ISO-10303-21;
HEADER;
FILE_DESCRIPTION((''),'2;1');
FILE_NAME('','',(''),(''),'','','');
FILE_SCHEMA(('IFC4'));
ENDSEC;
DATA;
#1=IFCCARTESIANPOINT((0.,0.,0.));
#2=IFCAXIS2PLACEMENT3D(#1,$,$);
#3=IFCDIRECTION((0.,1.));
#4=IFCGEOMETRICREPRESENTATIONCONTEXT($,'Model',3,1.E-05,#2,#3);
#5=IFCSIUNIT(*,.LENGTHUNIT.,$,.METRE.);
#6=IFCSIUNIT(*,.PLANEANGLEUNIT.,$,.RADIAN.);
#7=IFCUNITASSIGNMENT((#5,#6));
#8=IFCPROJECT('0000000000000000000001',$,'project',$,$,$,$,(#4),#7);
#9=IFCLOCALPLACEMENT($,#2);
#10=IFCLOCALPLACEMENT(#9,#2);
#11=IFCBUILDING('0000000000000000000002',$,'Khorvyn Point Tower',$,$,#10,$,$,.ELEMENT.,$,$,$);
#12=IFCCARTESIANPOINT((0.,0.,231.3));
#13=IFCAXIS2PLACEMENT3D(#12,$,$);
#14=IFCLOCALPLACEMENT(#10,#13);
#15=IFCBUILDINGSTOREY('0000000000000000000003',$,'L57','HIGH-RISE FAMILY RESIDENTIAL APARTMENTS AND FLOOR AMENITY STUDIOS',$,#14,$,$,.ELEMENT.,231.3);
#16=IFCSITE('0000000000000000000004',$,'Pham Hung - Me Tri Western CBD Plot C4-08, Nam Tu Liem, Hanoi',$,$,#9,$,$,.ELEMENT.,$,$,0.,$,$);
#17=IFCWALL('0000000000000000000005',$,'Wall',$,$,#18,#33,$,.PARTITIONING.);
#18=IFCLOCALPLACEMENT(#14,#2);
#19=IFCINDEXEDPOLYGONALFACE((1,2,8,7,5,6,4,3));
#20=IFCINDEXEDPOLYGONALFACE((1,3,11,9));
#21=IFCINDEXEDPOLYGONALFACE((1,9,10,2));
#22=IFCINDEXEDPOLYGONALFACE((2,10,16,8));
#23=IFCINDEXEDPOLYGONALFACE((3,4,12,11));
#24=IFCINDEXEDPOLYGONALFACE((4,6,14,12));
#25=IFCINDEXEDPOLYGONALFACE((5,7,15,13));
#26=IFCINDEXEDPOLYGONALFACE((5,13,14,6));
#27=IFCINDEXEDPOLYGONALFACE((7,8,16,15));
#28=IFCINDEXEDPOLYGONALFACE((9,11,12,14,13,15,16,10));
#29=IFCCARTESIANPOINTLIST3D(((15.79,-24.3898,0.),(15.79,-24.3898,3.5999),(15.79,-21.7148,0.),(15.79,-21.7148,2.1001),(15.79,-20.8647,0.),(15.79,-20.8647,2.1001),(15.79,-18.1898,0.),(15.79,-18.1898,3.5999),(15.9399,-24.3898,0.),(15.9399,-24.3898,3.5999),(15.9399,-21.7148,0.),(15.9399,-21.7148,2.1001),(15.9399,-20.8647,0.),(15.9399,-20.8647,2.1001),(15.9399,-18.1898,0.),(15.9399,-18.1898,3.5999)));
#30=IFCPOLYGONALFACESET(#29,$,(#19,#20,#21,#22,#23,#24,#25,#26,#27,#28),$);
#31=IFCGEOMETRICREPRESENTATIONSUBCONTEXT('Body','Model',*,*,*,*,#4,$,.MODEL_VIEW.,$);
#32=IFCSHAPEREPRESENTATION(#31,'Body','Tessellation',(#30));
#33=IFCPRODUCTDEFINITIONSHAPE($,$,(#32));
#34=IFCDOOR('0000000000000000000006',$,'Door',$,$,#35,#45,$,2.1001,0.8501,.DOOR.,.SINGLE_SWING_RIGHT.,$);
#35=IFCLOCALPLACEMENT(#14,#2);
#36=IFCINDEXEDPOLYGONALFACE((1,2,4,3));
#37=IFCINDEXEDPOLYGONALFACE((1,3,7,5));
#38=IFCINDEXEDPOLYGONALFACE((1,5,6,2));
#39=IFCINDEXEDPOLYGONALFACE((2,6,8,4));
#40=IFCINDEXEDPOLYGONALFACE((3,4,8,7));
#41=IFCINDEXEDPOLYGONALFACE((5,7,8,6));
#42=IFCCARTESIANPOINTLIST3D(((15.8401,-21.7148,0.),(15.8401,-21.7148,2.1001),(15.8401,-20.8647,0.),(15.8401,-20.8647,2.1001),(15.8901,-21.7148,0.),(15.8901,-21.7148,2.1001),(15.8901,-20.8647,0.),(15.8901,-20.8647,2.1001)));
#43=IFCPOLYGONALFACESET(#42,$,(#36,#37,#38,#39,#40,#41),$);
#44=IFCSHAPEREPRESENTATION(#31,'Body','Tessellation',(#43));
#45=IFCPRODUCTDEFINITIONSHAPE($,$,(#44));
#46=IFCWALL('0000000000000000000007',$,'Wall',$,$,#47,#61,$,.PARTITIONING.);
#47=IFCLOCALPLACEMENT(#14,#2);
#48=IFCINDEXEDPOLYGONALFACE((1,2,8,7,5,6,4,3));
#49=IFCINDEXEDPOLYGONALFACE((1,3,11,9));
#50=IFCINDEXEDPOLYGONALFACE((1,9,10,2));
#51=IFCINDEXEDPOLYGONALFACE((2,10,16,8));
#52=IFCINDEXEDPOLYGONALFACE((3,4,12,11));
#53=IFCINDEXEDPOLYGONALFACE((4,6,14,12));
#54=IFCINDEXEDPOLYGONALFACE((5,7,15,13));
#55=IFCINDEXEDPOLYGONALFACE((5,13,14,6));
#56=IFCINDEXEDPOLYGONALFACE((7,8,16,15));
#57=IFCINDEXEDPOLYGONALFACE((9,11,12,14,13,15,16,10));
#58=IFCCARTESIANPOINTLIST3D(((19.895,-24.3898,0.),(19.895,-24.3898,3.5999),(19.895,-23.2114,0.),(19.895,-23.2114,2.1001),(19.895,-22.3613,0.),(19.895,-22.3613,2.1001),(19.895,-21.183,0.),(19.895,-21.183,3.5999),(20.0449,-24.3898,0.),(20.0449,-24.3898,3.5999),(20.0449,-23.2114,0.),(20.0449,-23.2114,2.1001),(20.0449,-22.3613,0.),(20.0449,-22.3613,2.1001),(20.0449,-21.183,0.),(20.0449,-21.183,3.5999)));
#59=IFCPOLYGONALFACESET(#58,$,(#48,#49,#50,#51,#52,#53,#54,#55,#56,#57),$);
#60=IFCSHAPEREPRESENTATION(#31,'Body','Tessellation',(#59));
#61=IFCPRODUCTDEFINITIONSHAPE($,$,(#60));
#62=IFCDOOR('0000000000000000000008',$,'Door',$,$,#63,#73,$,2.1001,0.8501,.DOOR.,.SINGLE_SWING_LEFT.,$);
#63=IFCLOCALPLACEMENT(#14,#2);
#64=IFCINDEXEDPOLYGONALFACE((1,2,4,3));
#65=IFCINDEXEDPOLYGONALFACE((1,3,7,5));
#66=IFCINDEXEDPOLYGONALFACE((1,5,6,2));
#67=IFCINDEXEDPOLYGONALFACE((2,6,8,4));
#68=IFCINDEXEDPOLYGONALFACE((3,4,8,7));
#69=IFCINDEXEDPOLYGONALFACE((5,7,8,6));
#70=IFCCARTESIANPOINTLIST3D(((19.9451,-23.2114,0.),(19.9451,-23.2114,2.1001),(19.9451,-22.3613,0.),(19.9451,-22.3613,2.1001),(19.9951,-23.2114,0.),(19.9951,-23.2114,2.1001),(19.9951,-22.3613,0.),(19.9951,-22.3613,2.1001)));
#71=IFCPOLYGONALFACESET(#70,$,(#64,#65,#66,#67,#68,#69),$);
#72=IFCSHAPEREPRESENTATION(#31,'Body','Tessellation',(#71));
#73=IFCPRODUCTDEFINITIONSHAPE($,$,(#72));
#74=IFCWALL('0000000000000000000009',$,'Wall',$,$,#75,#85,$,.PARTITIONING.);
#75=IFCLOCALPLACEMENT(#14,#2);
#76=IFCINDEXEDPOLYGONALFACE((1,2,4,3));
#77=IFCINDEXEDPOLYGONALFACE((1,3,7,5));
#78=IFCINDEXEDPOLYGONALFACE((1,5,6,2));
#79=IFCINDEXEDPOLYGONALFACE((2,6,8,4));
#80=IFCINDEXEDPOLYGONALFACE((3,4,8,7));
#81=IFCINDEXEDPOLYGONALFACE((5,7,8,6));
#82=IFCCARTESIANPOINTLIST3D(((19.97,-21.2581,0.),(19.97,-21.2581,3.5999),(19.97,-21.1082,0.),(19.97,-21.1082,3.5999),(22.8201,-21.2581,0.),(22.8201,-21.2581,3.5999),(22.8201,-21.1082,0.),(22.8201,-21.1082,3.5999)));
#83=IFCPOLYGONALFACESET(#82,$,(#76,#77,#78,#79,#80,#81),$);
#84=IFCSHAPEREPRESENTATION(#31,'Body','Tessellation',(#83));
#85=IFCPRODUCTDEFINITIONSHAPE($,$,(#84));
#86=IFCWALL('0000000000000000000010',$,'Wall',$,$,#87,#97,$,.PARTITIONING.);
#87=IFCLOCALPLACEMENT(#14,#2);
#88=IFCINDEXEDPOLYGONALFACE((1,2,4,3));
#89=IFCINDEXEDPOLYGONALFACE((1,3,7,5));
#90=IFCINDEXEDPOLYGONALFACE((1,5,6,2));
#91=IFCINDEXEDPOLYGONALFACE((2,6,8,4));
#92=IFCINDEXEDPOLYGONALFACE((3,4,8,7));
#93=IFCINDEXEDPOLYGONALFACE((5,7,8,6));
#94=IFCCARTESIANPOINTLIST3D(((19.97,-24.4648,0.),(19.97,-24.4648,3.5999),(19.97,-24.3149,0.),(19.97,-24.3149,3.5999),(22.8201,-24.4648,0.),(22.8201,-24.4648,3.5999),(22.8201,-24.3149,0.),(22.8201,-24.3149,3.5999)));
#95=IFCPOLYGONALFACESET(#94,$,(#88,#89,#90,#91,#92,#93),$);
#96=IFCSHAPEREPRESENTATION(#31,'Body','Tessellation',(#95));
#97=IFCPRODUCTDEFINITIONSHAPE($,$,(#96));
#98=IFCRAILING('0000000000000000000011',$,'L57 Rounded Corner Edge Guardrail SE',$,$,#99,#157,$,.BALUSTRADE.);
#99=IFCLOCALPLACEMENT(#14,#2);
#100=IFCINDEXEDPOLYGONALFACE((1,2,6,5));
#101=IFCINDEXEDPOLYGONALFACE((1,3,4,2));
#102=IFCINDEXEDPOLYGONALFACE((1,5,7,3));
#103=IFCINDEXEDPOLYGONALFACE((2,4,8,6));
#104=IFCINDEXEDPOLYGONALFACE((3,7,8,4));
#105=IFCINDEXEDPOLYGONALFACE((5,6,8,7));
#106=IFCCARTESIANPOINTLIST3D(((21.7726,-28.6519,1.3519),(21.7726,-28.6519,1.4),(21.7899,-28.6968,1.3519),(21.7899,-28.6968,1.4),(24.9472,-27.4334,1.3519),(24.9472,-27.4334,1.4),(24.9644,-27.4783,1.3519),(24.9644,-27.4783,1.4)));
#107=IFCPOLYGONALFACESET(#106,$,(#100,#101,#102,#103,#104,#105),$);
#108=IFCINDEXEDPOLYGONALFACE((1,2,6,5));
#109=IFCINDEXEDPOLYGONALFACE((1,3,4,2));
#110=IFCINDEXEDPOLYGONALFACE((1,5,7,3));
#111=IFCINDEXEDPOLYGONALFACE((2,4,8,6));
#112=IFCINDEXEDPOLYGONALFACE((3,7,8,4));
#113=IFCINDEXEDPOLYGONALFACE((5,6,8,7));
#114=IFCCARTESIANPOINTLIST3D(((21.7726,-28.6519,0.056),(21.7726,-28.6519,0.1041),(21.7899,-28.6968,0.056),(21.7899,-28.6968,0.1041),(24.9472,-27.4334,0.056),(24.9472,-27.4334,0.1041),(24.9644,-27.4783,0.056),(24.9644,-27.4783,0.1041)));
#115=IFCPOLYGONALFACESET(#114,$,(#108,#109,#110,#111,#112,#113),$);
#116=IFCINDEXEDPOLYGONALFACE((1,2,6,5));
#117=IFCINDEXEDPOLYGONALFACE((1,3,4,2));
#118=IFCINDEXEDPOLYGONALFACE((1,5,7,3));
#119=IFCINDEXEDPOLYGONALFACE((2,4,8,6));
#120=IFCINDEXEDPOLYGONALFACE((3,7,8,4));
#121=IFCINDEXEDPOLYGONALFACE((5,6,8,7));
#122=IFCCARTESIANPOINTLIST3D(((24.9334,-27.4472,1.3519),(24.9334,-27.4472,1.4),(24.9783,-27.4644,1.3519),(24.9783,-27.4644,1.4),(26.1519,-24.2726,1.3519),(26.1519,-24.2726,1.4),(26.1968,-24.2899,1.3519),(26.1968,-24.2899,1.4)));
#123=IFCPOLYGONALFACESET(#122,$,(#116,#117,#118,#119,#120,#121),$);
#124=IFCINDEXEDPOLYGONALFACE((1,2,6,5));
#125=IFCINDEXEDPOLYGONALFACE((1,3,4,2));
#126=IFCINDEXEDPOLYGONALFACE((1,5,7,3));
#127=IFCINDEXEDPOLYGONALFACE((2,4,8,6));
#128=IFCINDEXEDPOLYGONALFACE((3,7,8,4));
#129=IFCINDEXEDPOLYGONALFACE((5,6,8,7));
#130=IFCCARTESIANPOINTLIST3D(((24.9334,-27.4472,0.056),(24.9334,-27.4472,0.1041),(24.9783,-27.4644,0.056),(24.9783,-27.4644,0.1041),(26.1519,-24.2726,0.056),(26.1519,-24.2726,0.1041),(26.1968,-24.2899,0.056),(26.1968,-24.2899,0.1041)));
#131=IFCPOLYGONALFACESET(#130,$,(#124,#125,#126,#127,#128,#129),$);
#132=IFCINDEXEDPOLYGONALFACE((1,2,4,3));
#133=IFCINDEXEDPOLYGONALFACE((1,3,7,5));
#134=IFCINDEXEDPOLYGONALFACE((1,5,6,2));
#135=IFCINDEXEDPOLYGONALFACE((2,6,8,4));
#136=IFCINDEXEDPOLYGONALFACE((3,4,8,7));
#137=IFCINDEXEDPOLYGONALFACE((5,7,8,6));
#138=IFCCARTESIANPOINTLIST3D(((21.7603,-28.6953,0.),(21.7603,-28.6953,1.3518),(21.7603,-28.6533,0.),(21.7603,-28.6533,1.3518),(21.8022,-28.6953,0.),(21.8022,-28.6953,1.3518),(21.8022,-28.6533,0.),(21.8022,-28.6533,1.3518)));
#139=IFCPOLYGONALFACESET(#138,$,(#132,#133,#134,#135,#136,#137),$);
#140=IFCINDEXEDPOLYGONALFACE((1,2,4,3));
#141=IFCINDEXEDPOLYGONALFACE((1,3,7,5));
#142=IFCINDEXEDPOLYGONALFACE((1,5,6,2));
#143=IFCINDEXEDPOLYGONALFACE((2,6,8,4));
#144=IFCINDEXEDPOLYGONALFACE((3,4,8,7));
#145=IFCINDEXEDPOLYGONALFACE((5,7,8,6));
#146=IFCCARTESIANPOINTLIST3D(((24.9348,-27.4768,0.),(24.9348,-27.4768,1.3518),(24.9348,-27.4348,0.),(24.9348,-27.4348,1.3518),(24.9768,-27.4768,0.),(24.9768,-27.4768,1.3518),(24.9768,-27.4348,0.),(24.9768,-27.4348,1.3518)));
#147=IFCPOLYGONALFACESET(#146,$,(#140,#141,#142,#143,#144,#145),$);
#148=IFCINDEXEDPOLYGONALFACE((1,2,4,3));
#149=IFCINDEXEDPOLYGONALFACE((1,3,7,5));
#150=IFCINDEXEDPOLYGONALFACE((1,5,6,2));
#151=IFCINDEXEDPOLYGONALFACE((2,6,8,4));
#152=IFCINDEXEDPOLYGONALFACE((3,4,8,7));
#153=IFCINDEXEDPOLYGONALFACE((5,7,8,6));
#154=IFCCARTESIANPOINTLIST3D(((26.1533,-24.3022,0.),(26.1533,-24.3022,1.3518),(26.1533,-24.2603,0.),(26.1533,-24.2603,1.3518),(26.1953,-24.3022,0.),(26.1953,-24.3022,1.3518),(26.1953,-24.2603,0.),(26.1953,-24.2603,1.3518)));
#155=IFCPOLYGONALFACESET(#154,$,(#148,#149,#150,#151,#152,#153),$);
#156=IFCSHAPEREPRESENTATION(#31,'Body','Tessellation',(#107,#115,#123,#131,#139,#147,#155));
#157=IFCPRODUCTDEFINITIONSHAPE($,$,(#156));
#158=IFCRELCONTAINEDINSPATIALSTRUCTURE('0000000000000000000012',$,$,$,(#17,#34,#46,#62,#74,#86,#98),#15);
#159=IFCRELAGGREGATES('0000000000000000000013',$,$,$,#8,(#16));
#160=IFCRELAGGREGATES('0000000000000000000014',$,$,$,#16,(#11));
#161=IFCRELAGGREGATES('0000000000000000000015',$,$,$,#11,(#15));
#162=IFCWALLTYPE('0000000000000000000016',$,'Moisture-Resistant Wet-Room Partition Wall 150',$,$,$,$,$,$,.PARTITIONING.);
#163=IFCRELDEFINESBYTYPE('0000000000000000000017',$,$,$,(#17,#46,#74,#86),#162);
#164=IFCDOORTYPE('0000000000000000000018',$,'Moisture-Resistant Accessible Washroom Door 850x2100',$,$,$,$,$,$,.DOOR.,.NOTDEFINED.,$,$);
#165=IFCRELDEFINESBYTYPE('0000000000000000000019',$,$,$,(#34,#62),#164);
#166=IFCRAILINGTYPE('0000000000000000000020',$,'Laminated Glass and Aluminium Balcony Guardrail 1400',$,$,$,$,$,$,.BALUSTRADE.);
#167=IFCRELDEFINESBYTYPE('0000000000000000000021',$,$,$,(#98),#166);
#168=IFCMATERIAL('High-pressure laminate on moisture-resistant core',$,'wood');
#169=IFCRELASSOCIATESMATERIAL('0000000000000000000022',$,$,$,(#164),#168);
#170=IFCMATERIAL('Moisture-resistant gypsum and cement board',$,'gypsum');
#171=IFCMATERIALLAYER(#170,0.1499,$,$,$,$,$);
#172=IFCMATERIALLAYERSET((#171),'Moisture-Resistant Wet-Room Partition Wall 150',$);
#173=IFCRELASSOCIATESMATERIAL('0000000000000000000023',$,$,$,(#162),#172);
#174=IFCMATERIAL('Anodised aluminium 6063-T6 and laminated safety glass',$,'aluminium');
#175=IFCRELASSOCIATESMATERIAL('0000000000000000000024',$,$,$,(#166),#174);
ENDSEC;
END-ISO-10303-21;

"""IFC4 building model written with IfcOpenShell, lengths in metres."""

from ifc_helpers import new_model, si_unit, direction, frame, frame_2d, origin, origin_2d, place, context, subcontext, project, spatial, rectangle, extrude, material, layer, layer_set, type_object, element, fill, save


model = new_model("IFC4")

# Units and contexts
model_context = context("Model", 3, precision=1e-05, world=origin(), true_north=direction((0.0, 1.0)))
body_context = subcontext(model_context, "Body", "Model", "MODEL_VIEW")
ifc_project = project(units=[si_unit("LENGTHUNIT", "METRE"), si_unit("PLANEANGLEUNIT", "RADIAN")], contexts=[model_context])

# Site, building, storey
site_placement = place(None, origin())
site = spatial("IfcSite", under=ifc_project, at=site_placement, Name="Pham Hung - Me Tri Western CBD Plot C4-08, Nam Tu Liem, Hanoi", CompositionType="ELEMENT", RefElevation=0.0)
building_placement = place(site_placement, origin())
building = spatial("IfcBuilding", under=site, at=building_placement, Name="Khorvyn Point Tower", CompositionType="ELEMENT")
storey_placement = place(building_placement, frame((0.0, 0.0, 231.3)))
storey = spatial("IfcBuildingStorey", under=building, at=storey_placement, Name="L57", Description="HIGH-RISE FAMILY RESIDENTIAL APARTMENTS AND FLOOR AMENITY STUDIOS", CompositionType="ELEMENT", Elevation=231.3)

# Walls, openings, doors
ifc_material_1 = material(Name="High-pressure laminate on moisture-resistant core", Category="wood")
door_type_1 = type_object("IfcDoorType", Name="Moisture-Resistant Accessible Washroom Door 850x2100", OperationType="NOTDEFINED", PredefinedType="DOOR", material=ifc_material_1)
ifc_material_2 = material(Name="Moisture-resistant gypsum and cement board", Category="gypsum")
ifc_layer_1 = layer(ifc_material_2, 0.1499)
ifc_layer_set_1 = layer_set([ifc_layer_1], Name="Moisture-Resistant Wet-Room Partition Wall 150")
wall_type_1 = type_object("IfcWallType", Name="Moisture-Resistant Wet-Room Partition Wall 150", PredefinedType="PARTITIONING", material=ifc_layer_set_1)
wall_1_placement = place(storey_placement, frame((15.865, -24.3899, 0.0), z_axis=(0.0, 0.0, 1.0), x_axis=(0.0, 1.0, 0.0)))
wall_1 = element("IfcWall", 1, at=wall_1_placement, inside=storey, type_object=wall_type_1, Name="Wall", PredefinedType="PARTITIONING", context=body_context, shape_type="SweptSolid", body=[
    extrude(rectangle(XDim=6.2, YDim=0.1499, at=frame_2d((3.1001, 0.0))), origin(), (0.0, 0.0, 1.0), 3.5999),
])
opening_1_placement = place(wall_1_placement, frame((2.675, 0.0, 0.0)))
opening_1 = element("IfcOpeningElement", 2, at=opening_1_placement, cuts=wall_1, PredefinedType="OPENING", context=body_context, shape_type="SweptSolid", body=[
    extrude(rectangle(XDim=0.8501, YDim=2.1001, at=frame_2d((0.425, 1.05))), frame((0.0, 0.085, 0.0), z_axis=(0.0, -1.0, 0.0), x_axis=(1.0, 0.0, 0.0)), (0.0, 0.0, 1.0), 0.1699),
])
door_1_placement = place(opening_1_placement, origin())
door_1 = element("IfcDoor", 3, at=door_1_placement, inside=storey, type_object=door_type_1, Name="Door", OperationType="SINGLE_SWING_RIGHT", OverallHeight=2.1001, OverallWidth=0.8501, PredefinedType="DOOR", context=body_context, shape_type="SweptSolid", body=[
    extrude(rectangle(XDim=0.8501, YDim=2.1001, at=frame_2d((0.425, 1.05))), frame((0.0, 0.0249, 0.0), z_axis=(0.0, -1.0, 0.0), x_axis=(1.0, 0.0, 0.0)), (0.0, 0.0, 1.0), 0.05),
])
fill(opening_1, door_1)
wall_2_placement = place(storey_placement, frame((19.97, -24.3899, 0.0), z_axis=(0.0, 0.0, 1.0), x_axis=(0.0, 1.0, 0.0)))
wall_2 = element("IfcWall", 4, at=wall_2_placement, inside=storey, type_object=wall_type_1, Name="Wall", PredefinedType="PARTITIONING", context=body_context, shape_type="SweptSolid", body=[
    extrude(rectangle(XDim=3.2068, YDim=0.1499, at=frame_2d((1.6035, 0.0))), origin(), (0.0, 0.0, 1.0), 3.5999),
])
opening_2_placement = place(wall_2_placement, frame((1.1785, 0.0, 0.0)))
opening_2 = element("IfcOpeningElement", 5, at=opening_2_placement, cuts=wall_2, PredefinedType="OPENING", context=body_context, shape_type="SweptSolid", body=[
    extrude(rectangle(XDim=0.8501, YDim=2.1001, at=frame_2d((0.425, 1.05))), frame((0.0, 0.085, 0.0), z_axis=(0.0, -1.0, 0.0), x_axis=(1.0, 0.0, 0.0)), (0.0, 0.0, 1.0), 0.1699),
])
door_2_placement = place(opening_2_placement, origin())
door_2 = element("IfcDoor", 6, at=door_2_placement, inside=storey, type_object=door_type_1, Name="Door", OperationType="SINGLE_SWING_LEFT", OverallHeight=2.1001, OverallWidth=0.8501, PredefinedType="DOOR", context=body_context, shape_type="SweptSolid", body=[
    extrude(rectangle(XDim=0.8501, YDim=2.1001, at=frame_2d((0.425, 1.05))), frame((0.0, 0.0249, 0.0), z_axis=(0.0, -1.0, 0.0), x_axis=(1.0, 0.0, 0.0)), (0.0, 0.0, 1.0), 0.05),
])
fill(opening_2, door_2)

# Walls
for number, where, z_axis, x_axis, name in (
    (7, (19.97, -21.1831, 0.0), (0.0, 0.0, 1.0), (1.0, 0.0, 0.0), "Wall"),
    (8, (19.97, -24.3899, 0.0), (0.0, 0.0, 1.0), (1.0, 0.0, 0.0), "Wall"),
):
    element("IfcWall", number, at=place(storey_placement, frame(where, z_axis=z_axis, x_axis=x_axis)), inside=storey, type_object=wall_type_1, Name=name, PredefinedType="PARTITIONING", context=body_context, shape_type="SweptSolid", body=[
        extrude(rectangle(XDim=2.8501, YDim=0.1499, at=frame_2d((1.425, 0.0))), origin(), (0.0, 0.0, 1.0), 3.5999),
    ])

# Railing
ifc_material_3 = material(Name="Anodised aluminium 6063-T6 and laminated safety glass", Category="aluminium")
railing_type = type_object("IfcRailingType", Name="Laminated Glass and Aluminium Balcony Guardrail 1400", PredefinedType="BALUSTRADE", material=ifc_material_3)
railing_1_placement = place(storey_placement, frame((21.7812, -28.6743, 0.0)))
element("IfcRailing", 9, at=railing_1_placement, inside=storey, type_object=railing_type, Name="L57 Rounded Corner Edge Guardrail SE", PredefinedType="BALUSTRADE", context=body_context, shape_type="SweptSolid", body=[
    extrude(rectangle(XDim=0.0481, YDim=0.0481, at=origin_2d()), frame((0.0, 0.0, 1.376), z_axis=(0.93359, 0.358344, 0.0), x_axis=(-0.358344, 0.93359, 0.0)), (0.0, 0.0, 1.0), 3.4004),
    extrude(rectangle(XDim=0.0481, YDim=0.0481, at=origin_2d()), frame((0.0, 0.0, 0.0801), z_axis=(0.93359, 0.358344, 0.0), x_axis=(-0.358344, 0.93359, 0.0)), (0.0, 0.0, 1.0), 3.4004),
    extrude(rectangle(XDim=0.0481, YDim=0.0481, at=origin_2d()), frame((3.1746, 1.2185, 1.376), z_axis=(0.358344, 0.93359, 0.0), x_axis=(-0.93359, 0.358344, 0.0)), (0.0, 0.0, 1.0), 3.4004),
    extrude(rectangle(XDim=0.0481, YDim=0.0481, at=origin_2d()), frame((3.1746, 1.2185, 0.0801), z_axis=(0.358344, 0.93359, 0.0), x_axis=(-0.93359, 0.358344, 0.0)), (0.0, 0.0, 1.0), 3.4004),
    extrude(rectangle(XDim=0.042, YDim=0.042, at=origin_2d()), origin(), (0.0, 0.0, 1.0), 1.3518),
    extrude(rectangle(XDim=0.042, YDim=0.042, at=origin_2d()), frame((3.1746, 1.2185, 0.0)), (0.0, 0.0, 1.0), 1.3518),
    extrude(rectangle(XDim=0.042, YDim=0.042, at=origin_2d()), frame((4.3931, 4.3931, 0.0)), (0.0, 0.0, 1.0), 1.3518),
])

save(model, "model.ifc")
